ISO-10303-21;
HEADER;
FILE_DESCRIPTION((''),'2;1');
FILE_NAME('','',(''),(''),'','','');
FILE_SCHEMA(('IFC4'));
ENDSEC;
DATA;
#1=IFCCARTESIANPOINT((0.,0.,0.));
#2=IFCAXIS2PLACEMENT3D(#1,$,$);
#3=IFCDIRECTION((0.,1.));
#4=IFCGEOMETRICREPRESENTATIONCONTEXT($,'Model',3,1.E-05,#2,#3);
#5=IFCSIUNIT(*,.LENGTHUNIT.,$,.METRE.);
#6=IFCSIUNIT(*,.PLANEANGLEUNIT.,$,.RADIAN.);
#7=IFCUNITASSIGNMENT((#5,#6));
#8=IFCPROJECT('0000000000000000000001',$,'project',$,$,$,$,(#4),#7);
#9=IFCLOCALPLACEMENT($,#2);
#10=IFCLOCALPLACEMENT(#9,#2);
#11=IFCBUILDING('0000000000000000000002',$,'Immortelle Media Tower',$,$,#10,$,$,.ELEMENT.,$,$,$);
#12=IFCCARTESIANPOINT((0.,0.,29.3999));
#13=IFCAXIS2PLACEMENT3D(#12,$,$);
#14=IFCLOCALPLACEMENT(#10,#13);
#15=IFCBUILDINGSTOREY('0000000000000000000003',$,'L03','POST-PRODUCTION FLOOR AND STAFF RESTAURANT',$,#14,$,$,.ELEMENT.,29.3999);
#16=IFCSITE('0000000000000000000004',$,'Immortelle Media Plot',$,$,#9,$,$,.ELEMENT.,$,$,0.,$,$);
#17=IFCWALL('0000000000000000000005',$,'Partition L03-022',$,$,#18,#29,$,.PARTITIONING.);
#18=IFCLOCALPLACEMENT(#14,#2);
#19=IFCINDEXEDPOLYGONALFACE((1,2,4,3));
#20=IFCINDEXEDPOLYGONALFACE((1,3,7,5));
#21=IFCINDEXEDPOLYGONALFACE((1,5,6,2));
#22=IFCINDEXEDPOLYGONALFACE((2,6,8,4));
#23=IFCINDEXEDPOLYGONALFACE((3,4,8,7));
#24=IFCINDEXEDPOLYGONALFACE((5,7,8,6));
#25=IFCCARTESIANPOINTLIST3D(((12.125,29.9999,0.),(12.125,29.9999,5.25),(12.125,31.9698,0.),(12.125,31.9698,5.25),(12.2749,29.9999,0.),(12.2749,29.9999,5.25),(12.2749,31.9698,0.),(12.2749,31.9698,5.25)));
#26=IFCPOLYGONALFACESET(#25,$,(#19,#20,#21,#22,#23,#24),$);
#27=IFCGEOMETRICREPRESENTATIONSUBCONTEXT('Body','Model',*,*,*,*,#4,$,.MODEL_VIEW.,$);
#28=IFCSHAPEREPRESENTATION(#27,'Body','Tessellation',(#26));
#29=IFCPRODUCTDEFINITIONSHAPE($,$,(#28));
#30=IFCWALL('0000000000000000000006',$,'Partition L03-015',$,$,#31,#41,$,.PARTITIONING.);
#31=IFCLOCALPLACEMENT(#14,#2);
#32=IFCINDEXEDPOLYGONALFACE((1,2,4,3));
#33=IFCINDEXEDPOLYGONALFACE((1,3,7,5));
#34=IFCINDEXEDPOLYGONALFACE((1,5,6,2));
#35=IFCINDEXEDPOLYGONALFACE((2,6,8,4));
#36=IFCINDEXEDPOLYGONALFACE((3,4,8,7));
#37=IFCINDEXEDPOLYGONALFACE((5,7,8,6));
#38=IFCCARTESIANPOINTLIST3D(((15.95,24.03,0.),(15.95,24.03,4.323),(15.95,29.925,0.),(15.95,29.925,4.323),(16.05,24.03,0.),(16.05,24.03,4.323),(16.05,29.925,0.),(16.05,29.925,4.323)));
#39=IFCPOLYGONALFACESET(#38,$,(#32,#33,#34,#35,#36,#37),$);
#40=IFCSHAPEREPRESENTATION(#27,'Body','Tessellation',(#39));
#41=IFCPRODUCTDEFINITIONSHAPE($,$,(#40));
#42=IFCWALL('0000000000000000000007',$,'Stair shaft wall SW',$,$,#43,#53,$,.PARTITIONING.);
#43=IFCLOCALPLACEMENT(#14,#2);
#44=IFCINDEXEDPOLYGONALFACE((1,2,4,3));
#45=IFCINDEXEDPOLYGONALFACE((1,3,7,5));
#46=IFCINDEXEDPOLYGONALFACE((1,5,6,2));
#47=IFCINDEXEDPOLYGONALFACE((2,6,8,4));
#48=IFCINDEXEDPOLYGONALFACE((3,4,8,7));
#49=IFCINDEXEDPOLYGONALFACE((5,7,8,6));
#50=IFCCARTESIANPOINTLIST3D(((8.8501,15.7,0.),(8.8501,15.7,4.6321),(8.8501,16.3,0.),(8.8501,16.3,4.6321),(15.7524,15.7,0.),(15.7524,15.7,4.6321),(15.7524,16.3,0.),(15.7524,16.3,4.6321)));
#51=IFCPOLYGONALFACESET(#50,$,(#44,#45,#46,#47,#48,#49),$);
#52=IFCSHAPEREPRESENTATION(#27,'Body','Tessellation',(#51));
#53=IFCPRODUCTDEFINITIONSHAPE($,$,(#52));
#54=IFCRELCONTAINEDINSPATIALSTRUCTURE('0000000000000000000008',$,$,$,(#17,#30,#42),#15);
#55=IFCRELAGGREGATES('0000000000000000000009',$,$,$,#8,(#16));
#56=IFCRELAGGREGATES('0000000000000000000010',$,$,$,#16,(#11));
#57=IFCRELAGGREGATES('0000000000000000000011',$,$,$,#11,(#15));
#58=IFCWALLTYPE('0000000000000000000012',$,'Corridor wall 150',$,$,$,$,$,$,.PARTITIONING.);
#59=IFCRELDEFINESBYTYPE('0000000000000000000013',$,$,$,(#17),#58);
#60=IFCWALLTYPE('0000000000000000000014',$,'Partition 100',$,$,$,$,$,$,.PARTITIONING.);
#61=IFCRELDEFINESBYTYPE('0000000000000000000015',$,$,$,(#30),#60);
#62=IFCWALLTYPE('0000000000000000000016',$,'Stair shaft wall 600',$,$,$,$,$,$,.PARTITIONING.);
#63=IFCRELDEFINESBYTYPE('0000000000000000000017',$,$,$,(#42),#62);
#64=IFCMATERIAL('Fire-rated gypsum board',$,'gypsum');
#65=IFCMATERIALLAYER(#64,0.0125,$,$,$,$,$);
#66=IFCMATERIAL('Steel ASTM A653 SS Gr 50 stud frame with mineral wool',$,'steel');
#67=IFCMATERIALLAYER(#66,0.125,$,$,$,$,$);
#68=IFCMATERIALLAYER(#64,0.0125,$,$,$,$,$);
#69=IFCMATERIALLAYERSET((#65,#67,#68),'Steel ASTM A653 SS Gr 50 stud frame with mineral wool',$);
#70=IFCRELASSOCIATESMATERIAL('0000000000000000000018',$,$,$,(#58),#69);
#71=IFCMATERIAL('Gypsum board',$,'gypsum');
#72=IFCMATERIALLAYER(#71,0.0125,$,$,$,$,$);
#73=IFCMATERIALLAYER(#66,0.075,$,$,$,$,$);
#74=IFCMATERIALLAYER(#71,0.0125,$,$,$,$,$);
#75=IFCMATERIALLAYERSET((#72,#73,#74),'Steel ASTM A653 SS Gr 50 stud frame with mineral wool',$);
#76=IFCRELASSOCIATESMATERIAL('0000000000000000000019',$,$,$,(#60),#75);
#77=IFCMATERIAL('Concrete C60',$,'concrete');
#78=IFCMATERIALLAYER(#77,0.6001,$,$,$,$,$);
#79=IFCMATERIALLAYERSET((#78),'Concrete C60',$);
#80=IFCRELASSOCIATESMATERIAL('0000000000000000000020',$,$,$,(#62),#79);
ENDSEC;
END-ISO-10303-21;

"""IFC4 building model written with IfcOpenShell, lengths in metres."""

from ifc_helpers import new_model, si_unit, direction, frame, frame_2d, origin, place, context, subcontext, project, spatial, rectangle, extrude, material, layer, layer_set, type_object, element, save


model = new_model("IFC4")

# Units and contexts
model_context = context("Model", 3, precision=1e-05, world=origin(), true_north=direction((0.0, 1.0)))
body_context = subcontext(model_context, "Body", "Model", "MODEL_VIEW")
ifc_project = project(units=[si_unit("LENGTHUNIT", "METRE"), si_unit("PLANEANGLEUNIT", "RADIAN")], contexts=[model_context])

# Site, building, storey
site_placement = place(None, origin())
site = spatial("IfcSite", under=ifc_project, at=site_placement, Name="Immortelle Media Plot", CompositionType="ELEMENT", RefElevation=0.0)
building_placement = place(site_placement, origin())
building = spatial("IfcBuilding", under=site, at=building_placement, Name="Immortelle Media Tower", CompositionType="ELEMENT")
storey_placement = place(building_placement, frame((0.0, 0.0, 29.3999)))
storey = spatial("IfcBuildingStorey", under=building, at=storey_placement, Name="L03", Description="POST-PRODUCTION FLOOR AND STAFF RESTAURANT", CompositionType="ELEMENT", Elevation=29.3999)

# Shared definitions
ifc_material_1 = material(Name="Fire-rated gypsum board", Category="gypsum")
ifc_material_2 = material(Name="Steel ASTM A653 SS Gr 50 stud frame with mineral wool", Category="steel")

# Shared definitions
ifc_layer_1 = layer(ifc_material_1, 0.0125)
ifc_layer_2 = layer(ifc_material_2, 0.125)
ifc_layer_3 = layer(ifc_material_1, 0.0125)
ifc_layer_set_1 = layer_set([ifc_layer_1, ifc_layer_2, ifc_layer_3], Name="Steel ASTM A653 SS Gr 50 stud frame with mineral wool")
wall_type_1 = type_object("IfcWallType", Name="Corridor wall 150", PredefinedType="PARTITIONING", material=ifc_layer_set_1)

# Walls
wall_1_placement = place(storey_placement, frame((12.2, 30.0, 0.0), z_axis=(0.0, 0.0, 1.0), x_axis=(0.0, 1.0, 0.0)))
element("IfcWall", 1, at=wall_1_placement, inside=storey, type_object=wall_type_1, Name="Partition L03-022", PredefinedType="PARTITIONING", context=body_context, shape_type="SweptSolid", body=[
    extrude(rectangle(XDim=1.97, YDim=0.1499, at=frame_2d((0.9849, 0.0))), origin(), (0.0, 0.0, 1.0), 5.25),
])
ifc_material_3 = material(Name="Gypsum board", Category="gypsum")
ifc_layer_4 = layer(ifc_material_3, 0.0125)
ifc_layer_5 = layer(ifc_material_2, 0.075)
ifc_layer_6 = layer(ifc_material_3, 0.0125)
ifc_layer_set_2 = layer_set([ifc_layer_4, ifc_layer_5, ifc_layer_6], Name="Steel ASTM A653 SS Gr 50 stud frame with mineral wool")
wall_type_2 = type_object("IfcWallType", Name="Partition 100", PredefinedType="PARTITIONING", material=ifc_layer_set_2)
wall_2_placement = place(storey_placement, frame((16.0, 24.03, 0.0), z_axis=(0.0, 0.0, 1.0), x_axis=(0.0, 1.0, 0.0)))
element("IfcWall", 2, at=wall_2_placement, inside=storey, type_object=wall_type_2, Name="Partition L03-015", PredefinedType="PARTITIONING", context=body_context, shape_type="SweptSolid", body=[
    extrude(rectangle(XDim=5.895, YDim=0.1001, at=frame_2d((2.9475, 0.0))), origin(), (0.0, 0.0, 1.0), 4.323),
])
ifc_material_4 = material(Name="Concrete C60", Category="concrete")
ifc_layer_7 = layer(ifc_material_4, 0.6001)
ifc_layer_set_3 = layer_set([ifc_layer_7], Name="Concrete C60")
wall_type_3 = type_object("IfcWallType", Name="Stair shaft wall 600", PredefinedType="PARTITIONING", material=ifc_layer_set_3)
wall_3_placement = place(storey_placement, frame((8.8501, 16.0, 0.0), z_axis=(0.0, 0.0, 1.0), x_axis=(1.0, 0.0, 0.0)))
element("IfcWall", 3, at=wall_3_placement, inside=storey, type_object=wall_type_3, Name="Stair shaft wall SW", PredefinedType="PARTITIONING", context=body_context, shape_type="SweptSolid", body=[
    extrude(rectangle(XDim=6.9023, YDim=0.6001, at=frame_2d((3.4512, 0.0))), origin(), (0.0, 0.0, 1.0), 4.6321),
])

save(model, "model.ifc")
